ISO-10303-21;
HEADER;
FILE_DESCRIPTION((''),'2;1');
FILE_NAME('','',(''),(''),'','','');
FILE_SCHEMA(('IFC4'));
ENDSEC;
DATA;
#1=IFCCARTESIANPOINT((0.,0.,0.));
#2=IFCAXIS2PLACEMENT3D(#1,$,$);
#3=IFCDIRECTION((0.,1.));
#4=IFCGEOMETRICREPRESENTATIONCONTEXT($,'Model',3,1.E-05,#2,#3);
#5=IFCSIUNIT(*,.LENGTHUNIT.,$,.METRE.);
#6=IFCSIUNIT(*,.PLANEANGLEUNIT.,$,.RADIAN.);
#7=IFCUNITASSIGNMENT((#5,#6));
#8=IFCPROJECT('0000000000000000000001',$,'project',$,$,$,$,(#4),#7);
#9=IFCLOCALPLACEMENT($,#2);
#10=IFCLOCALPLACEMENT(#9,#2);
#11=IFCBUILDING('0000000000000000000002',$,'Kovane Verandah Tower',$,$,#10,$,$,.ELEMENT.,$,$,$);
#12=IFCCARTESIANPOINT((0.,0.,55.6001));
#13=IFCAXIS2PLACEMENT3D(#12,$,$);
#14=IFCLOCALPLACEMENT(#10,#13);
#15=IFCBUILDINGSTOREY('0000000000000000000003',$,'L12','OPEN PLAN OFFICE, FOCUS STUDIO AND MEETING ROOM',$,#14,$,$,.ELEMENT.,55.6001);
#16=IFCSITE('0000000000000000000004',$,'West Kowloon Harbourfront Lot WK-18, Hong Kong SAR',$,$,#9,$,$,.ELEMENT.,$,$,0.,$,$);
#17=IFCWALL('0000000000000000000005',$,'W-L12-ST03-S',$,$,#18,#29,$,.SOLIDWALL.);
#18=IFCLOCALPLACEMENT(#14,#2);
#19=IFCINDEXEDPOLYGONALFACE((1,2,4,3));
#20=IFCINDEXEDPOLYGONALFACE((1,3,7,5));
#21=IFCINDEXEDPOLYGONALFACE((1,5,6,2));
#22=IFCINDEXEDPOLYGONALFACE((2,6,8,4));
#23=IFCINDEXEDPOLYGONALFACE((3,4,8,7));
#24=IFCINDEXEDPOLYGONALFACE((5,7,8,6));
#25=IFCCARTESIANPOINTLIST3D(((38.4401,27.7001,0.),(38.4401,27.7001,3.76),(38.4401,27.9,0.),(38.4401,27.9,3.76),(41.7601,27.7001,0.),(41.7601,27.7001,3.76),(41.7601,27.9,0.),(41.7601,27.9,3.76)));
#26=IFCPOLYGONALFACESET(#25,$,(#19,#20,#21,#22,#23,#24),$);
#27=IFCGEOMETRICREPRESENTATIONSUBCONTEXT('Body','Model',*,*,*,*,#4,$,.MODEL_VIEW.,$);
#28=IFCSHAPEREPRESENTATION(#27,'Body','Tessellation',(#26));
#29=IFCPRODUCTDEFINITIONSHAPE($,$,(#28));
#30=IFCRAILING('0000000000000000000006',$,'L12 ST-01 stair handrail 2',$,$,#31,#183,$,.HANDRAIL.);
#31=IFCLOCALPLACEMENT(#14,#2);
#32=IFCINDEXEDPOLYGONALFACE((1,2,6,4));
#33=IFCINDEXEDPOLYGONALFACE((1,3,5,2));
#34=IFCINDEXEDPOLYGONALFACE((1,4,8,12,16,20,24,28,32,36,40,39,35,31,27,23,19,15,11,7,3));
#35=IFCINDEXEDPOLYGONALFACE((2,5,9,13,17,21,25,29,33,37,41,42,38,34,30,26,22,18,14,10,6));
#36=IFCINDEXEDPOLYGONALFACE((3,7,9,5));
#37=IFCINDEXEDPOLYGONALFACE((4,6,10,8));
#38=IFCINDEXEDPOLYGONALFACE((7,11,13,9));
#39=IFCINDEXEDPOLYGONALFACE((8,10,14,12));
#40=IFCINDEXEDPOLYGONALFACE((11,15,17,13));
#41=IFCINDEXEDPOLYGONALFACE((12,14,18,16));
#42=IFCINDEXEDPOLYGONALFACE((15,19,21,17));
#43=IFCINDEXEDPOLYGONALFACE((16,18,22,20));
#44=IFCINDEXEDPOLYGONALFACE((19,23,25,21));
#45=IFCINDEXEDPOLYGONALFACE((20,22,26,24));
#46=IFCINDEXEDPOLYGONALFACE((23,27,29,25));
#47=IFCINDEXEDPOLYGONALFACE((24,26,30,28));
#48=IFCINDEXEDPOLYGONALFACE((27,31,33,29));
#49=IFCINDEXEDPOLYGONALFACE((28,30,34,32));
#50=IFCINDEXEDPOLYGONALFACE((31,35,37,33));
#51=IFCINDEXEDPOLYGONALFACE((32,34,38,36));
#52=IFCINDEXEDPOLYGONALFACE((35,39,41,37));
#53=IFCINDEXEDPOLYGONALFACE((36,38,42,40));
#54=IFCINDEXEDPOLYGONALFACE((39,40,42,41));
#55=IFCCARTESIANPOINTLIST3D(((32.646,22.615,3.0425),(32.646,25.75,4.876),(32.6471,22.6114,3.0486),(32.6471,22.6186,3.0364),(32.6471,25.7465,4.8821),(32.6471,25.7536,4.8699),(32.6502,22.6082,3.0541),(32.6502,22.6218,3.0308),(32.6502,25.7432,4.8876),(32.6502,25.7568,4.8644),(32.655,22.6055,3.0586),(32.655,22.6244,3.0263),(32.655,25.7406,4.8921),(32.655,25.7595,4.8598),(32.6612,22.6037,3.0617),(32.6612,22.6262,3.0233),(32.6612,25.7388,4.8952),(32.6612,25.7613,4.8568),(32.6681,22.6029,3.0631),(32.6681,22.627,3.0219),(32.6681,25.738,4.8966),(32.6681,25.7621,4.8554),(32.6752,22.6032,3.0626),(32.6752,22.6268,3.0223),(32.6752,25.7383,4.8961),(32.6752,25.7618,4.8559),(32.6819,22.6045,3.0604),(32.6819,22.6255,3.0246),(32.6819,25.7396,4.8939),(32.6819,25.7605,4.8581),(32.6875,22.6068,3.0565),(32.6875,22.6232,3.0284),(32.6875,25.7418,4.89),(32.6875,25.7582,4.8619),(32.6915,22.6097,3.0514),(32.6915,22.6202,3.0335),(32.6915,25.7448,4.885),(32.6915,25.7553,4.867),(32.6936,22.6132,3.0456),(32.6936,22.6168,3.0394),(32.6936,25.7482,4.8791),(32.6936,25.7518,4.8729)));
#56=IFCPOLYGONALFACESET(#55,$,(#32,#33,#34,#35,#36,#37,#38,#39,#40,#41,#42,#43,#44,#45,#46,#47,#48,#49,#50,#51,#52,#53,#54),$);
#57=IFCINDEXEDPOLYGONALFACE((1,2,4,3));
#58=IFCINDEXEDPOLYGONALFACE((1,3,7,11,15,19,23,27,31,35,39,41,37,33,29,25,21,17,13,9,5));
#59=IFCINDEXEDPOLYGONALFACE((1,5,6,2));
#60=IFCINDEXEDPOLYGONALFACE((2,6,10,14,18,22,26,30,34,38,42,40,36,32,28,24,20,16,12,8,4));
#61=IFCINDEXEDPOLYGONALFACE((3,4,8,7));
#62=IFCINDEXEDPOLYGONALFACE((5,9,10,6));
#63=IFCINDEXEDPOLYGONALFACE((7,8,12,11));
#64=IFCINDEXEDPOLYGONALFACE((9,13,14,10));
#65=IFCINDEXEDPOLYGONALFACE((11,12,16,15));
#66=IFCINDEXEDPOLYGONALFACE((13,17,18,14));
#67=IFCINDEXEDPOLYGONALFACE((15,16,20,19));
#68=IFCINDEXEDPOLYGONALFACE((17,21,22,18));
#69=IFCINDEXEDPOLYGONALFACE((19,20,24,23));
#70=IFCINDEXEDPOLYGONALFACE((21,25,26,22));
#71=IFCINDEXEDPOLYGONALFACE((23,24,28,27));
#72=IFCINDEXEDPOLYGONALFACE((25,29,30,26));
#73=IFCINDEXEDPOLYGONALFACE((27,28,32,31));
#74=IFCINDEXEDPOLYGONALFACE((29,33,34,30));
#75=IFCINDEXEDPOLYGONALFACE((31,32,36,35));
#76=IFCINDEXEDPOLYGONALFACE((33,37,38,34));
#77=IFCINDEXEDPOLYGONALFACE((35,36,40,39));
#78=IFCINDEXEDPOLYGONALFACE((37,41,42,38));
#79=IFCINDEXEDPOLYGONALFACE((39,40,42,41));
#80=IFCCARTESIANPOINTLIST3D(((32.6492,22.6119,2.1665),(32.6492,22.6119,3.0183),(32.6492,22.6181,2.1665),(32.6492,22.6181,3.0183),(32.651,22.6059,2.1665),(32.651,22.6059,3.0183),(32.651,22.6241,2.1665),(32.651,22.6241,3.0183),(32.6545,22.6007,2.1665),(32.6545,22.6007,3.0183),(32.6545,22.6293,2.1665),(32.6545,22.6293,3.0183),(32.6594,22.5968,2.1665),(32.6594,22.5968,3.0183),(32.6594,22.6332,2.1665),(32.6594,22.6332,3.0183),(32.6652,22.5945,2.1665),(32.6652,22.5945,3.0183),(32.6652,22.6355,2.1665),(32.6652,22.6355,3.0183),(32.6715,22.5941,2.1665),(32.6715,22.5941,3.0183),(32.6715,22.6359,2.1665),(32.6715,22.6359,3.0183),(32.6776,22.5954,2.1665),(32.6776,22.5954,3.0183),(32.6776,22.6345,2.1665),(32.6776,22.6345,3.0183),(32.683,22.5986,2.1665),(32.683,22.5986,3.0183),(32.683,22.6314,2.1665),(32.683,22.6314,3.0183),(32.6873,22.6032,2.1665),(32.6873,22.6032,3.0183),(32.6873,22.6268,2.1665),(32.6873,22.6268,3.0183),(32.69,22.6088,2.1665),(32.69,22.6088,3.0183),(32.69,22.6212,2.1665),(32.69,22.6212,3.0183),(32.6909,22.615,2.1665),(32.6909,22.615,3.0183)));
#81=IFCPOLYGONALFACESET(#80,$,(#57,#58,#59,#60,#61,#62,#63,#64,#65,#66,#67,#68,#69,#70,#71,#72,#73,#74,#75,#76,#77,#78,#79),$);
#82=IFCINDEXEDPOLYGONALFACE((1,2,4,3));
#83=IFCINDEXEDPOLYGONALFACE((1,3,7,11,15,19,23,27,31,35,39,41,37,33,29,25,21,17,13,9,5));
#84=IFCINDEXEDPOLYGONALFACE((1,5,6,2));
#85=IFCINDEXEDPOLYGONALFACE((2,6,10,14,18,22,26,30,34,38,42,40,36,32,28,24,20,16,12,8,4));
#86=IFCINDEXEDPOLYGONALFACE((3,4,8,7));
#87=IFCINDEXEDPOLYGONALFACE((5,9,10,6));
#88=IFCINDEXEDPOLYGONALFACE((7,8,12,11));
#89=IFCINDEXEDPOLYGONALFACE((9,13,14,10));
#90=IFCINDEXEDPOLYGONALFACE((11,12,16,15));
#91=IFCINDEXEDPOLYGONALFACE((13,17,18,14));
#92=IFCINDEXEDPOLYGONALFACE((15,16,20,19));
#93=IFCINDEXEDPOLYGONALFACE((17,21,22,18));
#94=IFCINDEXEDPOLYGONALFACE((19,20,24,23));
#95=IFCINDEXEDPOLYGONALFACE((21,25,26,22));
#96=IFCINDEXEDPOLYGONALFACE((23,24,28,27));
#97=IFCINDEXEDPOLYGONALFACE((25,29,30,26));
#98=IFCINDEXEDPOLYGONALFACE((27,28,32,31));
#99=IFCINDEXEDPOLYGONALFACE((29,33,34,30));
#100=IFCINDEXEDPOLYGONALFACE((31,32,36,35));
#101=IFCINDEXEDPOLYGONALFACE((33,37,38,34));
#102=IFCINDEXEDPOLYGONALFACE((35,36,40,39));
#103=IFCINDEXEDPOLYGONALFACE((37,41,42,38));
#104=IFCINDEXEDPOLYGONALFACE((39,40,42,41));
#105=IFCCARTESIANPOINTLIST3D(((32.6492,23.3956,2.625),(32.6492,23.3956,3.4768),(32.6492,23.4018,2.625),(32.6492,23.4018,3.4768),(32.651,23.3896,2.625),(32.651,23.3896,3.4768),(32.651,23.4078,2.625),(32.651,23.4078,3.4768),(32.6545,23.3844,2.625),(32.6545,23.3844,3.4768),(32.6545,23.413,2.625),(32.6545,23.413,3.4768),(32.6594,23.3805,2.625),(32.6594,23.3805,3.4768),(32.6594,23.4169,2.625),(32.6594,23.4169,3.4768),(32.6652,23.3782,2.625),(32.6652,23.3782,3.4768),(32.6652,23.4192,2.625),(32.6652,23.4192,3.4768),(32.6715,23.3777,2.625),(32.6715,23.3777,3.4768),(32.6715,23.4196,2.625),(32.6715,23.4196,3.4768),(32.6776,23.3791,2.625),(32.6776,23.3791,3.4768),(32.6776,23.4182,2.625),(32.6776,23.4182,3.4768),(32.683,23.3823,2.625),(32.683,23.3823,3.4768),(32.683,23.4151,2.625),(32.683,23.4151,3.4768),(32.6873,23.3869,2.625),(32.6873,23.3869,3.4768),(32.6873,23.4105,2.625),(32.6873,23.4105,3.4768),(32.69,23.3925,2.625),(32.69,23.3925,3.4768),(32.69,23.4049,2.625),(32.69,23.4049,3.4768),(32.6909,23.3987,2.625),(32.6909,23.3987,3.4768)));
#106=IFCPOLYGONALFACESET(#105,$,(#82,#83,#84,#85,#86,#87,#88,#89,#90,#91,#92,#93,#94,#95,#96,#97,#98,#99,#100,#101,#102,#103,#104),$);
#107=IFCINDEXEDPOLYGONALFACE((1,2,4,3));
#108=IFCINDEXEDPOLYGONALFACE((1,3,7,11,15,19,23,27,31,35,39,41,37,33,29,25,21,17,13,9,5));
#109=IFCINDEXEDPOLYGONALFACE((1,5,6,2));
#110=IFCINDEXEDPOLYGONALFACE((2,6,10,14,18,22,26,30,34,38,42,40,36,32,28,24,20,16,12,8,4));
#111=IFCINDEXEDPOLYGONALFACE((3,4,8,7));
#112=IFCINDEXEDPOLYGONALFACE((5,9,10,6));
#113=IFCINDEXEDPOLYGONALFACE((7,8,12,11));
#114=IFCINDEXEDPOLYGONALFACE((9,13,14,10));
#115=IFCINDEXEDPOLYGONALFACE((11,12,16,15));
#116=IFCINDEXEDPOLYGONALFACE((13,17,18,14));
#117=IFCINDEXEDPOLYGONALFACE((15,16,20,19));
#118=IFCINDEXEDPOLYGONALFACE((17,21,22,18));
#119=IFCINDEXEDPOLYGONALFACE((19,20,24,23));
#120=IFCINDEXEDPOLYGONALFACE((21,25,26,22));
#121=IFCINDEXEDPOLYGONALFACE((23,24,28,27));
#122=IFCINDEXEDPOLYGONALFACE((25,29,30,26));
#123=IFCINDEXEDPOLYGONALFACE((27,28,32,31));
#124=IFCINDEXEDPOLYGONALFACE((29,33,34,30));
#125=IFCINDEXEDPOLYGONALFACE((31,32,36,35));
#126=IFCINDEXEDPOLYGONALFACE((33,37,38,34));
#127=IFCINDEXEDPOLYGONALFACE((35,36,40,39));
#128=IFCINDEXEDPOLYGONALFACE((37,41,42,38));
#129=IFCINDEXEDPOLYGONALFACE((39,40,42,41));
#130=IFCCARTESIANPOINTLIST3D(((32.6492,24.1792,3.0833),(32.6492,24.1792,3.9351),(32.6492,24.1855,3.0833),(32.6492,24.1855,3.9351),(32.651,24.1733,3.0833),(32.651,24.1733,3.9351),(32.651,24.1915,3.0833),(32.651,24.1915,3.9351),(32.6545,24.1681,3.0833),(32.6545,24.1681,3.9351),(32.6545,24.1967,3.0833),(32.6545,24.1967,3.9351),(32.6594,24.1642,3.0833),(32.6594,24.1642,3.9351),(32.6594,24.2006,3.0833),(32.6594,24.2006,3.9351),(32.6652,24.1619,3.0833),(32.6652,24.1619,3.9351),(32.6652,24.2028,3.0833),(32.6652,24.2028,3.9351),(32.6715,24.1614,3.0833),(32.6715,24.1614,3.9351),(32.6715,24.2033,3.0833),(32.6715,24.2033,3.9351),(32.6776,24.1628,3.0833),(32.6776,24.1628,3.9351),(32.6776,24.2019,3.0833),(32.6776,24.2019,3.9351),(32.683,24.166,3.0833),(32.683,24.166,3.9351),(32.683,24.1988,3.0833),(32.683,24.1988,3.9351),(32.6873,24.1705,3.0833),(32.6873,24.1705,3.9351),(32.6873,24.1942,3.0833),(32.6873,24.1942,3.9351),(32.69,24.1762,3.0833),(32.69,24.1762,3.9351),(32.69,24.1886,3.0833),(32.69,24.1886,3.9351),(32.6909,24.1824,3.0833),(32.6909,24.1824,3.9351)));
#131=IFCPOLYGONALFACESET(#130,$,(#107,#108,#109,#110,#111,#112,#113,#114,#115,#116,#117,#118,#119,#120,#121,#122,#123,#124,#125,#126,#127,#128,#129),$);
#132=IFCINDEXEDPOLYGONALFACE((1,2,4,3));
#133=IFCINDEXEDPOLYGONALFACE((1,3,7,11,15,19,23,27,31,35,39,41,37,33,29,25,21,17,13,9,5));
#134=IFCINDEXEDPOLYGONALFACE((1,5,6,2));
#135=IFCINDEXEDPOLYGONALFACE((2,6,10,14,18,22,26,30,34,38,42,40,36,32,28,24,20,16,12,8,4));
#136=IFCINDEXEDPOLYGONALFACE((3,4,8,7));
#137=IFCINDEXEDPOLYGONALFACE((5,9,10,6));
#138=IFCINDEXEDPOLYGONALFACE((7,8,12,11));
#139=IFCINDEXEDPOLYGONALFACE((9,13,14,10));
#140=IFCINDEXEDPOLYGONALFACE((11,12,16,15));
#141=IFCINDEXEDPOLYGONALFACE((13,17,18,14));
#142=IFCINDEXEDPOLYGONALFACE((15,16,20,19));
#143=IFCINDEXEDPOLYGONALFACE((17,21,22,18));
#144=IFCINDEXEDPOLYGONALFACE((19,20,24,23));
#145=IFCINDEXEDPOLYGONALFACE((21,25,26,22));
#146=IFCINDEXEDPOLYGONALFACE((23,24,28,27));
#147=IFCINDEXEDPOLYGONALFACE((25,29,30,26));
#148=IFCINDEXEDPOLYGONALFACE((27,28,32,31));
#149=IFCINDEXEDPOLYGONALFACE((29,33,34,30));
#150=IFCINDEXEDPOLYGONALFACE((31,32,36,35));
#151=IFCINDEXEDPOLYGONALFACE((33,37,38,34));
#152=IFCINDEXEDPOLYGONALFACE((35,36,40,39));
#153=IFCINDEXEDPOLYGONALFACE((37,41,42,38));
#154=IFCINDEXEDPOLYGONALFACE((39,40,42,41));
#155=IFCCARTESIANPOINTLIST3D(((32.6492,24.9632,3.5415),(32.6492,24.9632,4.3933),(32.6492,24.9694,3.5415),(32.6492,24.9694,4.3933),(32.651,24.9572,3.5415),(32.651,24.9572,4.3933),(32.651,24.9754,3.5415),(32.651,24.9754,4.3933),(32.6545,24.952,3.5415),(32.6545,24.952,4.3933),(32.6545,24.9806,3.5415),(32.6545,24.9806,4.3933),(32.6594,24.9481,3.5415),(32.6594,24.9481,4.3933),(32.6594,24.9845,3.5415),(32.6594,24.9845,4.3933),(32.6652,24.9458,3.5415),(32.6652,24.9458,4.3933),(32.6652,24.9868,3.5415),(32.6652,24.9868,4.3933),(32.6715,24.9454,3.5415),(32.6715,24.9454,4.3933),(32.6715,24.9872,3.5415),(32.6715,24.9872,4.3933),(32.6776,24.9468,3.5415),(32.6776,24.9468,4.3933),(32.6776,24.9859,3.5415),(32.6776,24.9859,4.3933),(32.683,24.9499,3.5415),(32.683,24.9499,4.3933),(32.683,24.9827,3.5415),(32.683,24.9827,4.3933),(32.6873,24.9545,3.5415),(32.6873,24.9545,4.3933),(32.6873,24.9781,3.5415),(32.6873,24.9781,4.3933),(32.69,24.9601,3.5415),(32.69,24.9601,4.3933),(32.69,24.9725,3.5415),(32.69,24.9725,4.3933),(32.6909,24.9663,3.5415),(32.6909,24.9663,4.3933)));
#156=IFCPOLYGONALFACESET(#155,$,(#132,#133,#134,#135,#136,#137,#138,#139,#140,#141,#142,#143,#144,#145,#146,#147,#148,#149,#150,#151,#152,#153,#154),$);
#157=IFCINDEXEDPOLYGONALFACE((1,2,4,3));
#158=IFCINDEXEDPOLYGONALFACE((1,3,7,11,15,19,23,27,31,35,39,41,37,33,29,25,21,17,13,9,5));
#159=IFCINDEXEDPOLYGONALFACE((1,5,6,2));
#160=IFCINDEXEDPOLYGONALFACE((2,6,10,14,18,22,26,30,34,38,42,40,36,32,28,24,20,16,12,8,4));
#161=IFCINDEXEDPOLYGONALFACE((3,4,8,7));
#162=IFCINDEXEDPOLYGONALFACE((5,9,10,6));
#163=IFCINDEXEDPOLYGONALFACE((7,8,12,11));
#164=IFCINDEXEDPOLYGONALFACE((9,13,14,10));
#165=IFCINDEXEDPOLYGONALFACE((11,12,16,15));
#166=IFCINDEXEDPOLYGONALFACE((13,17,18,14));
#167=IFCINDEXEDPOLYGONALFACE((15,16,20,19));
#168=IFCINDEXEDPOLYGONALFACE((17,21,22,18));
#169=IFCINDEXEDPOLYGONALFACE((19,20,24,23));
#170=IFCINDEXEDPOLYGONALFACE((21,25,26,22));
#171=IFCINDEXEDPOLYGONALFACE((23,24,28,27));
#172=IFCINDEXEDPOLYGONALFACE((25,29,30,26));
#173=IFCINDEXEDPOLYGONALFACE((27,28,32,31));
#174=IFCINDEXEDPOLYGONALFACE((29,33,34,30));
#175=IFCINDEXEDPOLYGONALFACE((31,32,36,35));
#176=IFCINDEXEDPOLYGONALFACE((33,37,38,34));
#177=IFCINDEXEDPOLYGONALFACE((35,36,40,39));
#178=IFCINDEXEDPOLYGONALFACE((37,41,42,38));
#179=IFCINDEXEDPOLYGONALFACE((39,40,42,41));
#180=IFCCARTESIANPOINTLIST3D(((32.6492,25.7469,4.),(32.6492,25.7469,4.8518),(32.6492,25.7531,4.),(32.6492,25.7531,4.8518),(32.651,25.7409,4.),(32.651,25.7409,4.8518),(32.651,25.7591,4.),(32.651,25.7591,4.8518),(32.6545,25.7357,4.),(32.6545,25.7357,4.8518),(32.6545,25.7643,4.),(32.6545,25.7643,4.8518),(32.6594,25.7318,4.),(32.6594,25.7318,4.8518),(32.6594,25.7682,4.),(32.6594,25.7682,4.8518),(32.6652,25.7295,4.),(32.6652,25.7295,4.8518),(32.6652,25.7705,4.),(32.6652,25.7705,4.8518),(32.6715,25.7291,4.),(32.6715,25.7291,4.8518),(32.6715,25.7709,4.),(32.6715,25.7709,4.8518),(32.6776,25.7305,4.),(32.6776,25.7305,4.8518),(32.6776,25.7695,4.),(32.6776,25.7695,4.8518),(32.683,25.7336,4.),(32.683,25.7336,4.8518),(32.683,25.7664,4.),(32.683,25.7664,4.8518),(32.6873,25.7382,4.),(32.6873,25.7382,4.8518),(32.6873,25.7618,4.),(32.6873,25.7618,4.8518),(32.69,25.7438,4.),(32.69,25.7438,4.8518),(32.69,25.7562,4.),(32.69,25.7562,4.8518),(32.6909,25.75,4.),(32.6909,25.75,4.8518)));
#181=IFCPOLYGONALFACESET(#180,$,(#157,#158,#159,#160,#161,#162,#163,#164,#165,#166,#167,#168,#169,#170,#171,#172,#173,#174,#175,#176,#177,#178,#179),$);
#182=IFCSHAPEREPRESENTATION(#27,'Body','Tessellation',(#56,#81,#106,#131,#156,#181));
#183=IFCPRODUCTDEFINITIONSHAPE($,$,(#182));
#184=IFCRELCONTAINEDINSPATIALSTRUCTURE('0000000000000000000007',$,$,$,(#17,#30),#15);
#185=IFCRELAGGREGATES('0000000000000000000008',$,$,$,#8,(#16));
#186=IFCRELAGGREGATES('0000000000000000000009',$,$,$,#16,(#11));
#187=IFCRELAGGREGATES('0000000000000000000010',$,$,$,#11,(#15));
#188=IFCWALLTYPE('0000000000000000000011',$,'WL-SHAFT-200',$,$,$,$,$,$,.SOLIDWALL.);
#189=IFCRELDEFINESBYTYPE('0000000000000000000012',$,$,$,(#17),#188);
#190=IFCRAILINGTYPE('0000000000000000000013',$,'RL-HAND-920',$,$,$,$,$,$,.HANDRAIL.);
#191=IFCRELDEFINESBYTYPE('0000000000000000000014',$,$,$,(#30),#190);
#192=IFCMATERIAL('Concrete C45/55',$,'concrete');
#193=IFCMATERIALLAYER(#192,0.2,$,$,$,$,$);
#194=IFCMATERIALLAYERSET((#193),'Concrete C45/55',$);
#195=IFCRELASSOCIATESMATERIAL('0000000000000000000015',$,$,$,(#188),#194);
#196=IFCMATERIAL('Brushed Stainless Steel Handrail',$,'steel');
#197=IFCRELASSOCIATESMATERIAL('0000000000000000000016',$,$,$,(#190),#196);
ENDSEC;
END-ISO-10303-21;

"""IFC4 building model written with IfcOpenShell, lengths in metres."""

from ifc_helpers import new_model, si_unit, direction, frame, frame_2d, origin, origin_2d, place, context, subcontext, project, spatial, rectangle, circle, extrude, material, layer, layer_set, type_object, element, save


model = new_model("IFC4")

# Units and contexts
model_context = context("Model", 3, precision=1e-05, world=origin(), true_north=direction((0.0, 1.0)))
body_context = subcontext(model_context, "Body", "Model", "MODEL_VIEW")
ifc_project = project(units=[si_unit("LENGTHUNIT", "METRE"), si_unit("PLANEANGLEUNIT", "RADIAN")], contexts=[model_context])

# Site, building, storey
site_placement = place(None, origin())
site = spatial("IfcSite", under=ifc_project, at=site_placement, Name="West Kowloon Harbourfront Lot WK-18, Hong Kong SAR", CompositionType="ELEMENT", RefElevation=0.0)
building_placement = place(site_placement, origin())
building = spatial("IfcBuilding", under=site, at=building_placement, Name="Kovane Verandah Tower", CompositionType="ELEMENT")
storey_placement = place(building_placement, frame((0.0, 0.0, 55.6001)))
storey = spatial("IfcBuildingStorey", under=building, at=storey_placement, Name="L12", Description="OPEN PLAN OFFICE, FOCUS STUDIO AND MEETING ROOM", CompositionType="ELEMENT", Elevation=55.6001)

# Wall
ifc_material_1 = material(Name="Concrete C45/55", Category="concrete")
ifc_layer_1 = layer(ifc_material_1, 0.2)
ifc_layer_set_1 = layer_set([ifc_layer_1], Name="Concrete C45/55")
wall_type_1 = type_object("IfcWallType", Name="WL-SHAFT-200", PredefinedType="SOLIDWALL", material=ifc_layer_set_1)
wall_1_placement = place(storey_placement, frame((38.4399, 27.8, 0.0), z_axis=(0.0, 0.0, 1.0), x_axis=(1.0, 0.0, 0.0)))
element("IfcWall", 1, at=wall_1_placement, inside=storey, type_object=wall_type_1, Name="W-L12-ST03-S", PredefinedType="SOLIDWALL", context=body_context, shape_type="SweptSolid", body=[
    extrude(rectangle(XDim=3.3201, YDim=0.2, at=frame_2d((1.6602, 0.0))), origin(), (0.0, 0.0, 1.0), 3.76),
])

# Railing
ifc_material_2 = material(Name="Brushed Stainless Steel Handrail", Category="steel")
railing_type_1 = type_object("IfcRailingType", Name="RL-HAND-920", PredefinedType="HANDRAIL", material=ifc_material_2)
railing_1_placement = place(storey_placement, frame((32.6699, 22.615, 2.1665)))
element("IfcRailing", 2, at=railing_1_placement, inside=storey, type_object=railing_type_1, Name="L12 ST-01 stair handrail 2", PredefinedType="HANDRAIL", context=body_context, shape_type="SweptSolid", body=[
    extrude(circle(Radius=0.0239, at=origin_2d()), frame((0.0, 0.0, 0.876), z_axis=(0.0, 0.86321, 0.504845), x_axis=(-1.0, 0.0, 0.0)), (0.0, 0.0, 1.0), 3.6318),
    extrude(circle(Radius=0.021, at=origin_2d()), origin(), (0.0, 0.0, 1.0), 0.8518),
    extrude(circle(Radius=0.021, at=origin_2d()), frame((0.0, 0.7837, 0.4585)), (0.0, 0.0, 1.0), 0.8518),
    extrude(circle(Radius=0.021, at=origin_2d()), frame((0.0, 1.5674, 0.9167)), (0.0, 0.0, 1.0), 0.8518),
    extrude(circle(Radius=0.021, at=origin_2d()), frame((0.0, 2.3513, 1.375)), (0.0, 0.0, 1.0), 0.8518),
    extrude(circle(Radius=0.021, at=origin_2d()), frame((0.0, 3.135, 1.8335)), (0.0, 0.0, 1.0), 0.8518),
])

save(model, "model.ifc")
